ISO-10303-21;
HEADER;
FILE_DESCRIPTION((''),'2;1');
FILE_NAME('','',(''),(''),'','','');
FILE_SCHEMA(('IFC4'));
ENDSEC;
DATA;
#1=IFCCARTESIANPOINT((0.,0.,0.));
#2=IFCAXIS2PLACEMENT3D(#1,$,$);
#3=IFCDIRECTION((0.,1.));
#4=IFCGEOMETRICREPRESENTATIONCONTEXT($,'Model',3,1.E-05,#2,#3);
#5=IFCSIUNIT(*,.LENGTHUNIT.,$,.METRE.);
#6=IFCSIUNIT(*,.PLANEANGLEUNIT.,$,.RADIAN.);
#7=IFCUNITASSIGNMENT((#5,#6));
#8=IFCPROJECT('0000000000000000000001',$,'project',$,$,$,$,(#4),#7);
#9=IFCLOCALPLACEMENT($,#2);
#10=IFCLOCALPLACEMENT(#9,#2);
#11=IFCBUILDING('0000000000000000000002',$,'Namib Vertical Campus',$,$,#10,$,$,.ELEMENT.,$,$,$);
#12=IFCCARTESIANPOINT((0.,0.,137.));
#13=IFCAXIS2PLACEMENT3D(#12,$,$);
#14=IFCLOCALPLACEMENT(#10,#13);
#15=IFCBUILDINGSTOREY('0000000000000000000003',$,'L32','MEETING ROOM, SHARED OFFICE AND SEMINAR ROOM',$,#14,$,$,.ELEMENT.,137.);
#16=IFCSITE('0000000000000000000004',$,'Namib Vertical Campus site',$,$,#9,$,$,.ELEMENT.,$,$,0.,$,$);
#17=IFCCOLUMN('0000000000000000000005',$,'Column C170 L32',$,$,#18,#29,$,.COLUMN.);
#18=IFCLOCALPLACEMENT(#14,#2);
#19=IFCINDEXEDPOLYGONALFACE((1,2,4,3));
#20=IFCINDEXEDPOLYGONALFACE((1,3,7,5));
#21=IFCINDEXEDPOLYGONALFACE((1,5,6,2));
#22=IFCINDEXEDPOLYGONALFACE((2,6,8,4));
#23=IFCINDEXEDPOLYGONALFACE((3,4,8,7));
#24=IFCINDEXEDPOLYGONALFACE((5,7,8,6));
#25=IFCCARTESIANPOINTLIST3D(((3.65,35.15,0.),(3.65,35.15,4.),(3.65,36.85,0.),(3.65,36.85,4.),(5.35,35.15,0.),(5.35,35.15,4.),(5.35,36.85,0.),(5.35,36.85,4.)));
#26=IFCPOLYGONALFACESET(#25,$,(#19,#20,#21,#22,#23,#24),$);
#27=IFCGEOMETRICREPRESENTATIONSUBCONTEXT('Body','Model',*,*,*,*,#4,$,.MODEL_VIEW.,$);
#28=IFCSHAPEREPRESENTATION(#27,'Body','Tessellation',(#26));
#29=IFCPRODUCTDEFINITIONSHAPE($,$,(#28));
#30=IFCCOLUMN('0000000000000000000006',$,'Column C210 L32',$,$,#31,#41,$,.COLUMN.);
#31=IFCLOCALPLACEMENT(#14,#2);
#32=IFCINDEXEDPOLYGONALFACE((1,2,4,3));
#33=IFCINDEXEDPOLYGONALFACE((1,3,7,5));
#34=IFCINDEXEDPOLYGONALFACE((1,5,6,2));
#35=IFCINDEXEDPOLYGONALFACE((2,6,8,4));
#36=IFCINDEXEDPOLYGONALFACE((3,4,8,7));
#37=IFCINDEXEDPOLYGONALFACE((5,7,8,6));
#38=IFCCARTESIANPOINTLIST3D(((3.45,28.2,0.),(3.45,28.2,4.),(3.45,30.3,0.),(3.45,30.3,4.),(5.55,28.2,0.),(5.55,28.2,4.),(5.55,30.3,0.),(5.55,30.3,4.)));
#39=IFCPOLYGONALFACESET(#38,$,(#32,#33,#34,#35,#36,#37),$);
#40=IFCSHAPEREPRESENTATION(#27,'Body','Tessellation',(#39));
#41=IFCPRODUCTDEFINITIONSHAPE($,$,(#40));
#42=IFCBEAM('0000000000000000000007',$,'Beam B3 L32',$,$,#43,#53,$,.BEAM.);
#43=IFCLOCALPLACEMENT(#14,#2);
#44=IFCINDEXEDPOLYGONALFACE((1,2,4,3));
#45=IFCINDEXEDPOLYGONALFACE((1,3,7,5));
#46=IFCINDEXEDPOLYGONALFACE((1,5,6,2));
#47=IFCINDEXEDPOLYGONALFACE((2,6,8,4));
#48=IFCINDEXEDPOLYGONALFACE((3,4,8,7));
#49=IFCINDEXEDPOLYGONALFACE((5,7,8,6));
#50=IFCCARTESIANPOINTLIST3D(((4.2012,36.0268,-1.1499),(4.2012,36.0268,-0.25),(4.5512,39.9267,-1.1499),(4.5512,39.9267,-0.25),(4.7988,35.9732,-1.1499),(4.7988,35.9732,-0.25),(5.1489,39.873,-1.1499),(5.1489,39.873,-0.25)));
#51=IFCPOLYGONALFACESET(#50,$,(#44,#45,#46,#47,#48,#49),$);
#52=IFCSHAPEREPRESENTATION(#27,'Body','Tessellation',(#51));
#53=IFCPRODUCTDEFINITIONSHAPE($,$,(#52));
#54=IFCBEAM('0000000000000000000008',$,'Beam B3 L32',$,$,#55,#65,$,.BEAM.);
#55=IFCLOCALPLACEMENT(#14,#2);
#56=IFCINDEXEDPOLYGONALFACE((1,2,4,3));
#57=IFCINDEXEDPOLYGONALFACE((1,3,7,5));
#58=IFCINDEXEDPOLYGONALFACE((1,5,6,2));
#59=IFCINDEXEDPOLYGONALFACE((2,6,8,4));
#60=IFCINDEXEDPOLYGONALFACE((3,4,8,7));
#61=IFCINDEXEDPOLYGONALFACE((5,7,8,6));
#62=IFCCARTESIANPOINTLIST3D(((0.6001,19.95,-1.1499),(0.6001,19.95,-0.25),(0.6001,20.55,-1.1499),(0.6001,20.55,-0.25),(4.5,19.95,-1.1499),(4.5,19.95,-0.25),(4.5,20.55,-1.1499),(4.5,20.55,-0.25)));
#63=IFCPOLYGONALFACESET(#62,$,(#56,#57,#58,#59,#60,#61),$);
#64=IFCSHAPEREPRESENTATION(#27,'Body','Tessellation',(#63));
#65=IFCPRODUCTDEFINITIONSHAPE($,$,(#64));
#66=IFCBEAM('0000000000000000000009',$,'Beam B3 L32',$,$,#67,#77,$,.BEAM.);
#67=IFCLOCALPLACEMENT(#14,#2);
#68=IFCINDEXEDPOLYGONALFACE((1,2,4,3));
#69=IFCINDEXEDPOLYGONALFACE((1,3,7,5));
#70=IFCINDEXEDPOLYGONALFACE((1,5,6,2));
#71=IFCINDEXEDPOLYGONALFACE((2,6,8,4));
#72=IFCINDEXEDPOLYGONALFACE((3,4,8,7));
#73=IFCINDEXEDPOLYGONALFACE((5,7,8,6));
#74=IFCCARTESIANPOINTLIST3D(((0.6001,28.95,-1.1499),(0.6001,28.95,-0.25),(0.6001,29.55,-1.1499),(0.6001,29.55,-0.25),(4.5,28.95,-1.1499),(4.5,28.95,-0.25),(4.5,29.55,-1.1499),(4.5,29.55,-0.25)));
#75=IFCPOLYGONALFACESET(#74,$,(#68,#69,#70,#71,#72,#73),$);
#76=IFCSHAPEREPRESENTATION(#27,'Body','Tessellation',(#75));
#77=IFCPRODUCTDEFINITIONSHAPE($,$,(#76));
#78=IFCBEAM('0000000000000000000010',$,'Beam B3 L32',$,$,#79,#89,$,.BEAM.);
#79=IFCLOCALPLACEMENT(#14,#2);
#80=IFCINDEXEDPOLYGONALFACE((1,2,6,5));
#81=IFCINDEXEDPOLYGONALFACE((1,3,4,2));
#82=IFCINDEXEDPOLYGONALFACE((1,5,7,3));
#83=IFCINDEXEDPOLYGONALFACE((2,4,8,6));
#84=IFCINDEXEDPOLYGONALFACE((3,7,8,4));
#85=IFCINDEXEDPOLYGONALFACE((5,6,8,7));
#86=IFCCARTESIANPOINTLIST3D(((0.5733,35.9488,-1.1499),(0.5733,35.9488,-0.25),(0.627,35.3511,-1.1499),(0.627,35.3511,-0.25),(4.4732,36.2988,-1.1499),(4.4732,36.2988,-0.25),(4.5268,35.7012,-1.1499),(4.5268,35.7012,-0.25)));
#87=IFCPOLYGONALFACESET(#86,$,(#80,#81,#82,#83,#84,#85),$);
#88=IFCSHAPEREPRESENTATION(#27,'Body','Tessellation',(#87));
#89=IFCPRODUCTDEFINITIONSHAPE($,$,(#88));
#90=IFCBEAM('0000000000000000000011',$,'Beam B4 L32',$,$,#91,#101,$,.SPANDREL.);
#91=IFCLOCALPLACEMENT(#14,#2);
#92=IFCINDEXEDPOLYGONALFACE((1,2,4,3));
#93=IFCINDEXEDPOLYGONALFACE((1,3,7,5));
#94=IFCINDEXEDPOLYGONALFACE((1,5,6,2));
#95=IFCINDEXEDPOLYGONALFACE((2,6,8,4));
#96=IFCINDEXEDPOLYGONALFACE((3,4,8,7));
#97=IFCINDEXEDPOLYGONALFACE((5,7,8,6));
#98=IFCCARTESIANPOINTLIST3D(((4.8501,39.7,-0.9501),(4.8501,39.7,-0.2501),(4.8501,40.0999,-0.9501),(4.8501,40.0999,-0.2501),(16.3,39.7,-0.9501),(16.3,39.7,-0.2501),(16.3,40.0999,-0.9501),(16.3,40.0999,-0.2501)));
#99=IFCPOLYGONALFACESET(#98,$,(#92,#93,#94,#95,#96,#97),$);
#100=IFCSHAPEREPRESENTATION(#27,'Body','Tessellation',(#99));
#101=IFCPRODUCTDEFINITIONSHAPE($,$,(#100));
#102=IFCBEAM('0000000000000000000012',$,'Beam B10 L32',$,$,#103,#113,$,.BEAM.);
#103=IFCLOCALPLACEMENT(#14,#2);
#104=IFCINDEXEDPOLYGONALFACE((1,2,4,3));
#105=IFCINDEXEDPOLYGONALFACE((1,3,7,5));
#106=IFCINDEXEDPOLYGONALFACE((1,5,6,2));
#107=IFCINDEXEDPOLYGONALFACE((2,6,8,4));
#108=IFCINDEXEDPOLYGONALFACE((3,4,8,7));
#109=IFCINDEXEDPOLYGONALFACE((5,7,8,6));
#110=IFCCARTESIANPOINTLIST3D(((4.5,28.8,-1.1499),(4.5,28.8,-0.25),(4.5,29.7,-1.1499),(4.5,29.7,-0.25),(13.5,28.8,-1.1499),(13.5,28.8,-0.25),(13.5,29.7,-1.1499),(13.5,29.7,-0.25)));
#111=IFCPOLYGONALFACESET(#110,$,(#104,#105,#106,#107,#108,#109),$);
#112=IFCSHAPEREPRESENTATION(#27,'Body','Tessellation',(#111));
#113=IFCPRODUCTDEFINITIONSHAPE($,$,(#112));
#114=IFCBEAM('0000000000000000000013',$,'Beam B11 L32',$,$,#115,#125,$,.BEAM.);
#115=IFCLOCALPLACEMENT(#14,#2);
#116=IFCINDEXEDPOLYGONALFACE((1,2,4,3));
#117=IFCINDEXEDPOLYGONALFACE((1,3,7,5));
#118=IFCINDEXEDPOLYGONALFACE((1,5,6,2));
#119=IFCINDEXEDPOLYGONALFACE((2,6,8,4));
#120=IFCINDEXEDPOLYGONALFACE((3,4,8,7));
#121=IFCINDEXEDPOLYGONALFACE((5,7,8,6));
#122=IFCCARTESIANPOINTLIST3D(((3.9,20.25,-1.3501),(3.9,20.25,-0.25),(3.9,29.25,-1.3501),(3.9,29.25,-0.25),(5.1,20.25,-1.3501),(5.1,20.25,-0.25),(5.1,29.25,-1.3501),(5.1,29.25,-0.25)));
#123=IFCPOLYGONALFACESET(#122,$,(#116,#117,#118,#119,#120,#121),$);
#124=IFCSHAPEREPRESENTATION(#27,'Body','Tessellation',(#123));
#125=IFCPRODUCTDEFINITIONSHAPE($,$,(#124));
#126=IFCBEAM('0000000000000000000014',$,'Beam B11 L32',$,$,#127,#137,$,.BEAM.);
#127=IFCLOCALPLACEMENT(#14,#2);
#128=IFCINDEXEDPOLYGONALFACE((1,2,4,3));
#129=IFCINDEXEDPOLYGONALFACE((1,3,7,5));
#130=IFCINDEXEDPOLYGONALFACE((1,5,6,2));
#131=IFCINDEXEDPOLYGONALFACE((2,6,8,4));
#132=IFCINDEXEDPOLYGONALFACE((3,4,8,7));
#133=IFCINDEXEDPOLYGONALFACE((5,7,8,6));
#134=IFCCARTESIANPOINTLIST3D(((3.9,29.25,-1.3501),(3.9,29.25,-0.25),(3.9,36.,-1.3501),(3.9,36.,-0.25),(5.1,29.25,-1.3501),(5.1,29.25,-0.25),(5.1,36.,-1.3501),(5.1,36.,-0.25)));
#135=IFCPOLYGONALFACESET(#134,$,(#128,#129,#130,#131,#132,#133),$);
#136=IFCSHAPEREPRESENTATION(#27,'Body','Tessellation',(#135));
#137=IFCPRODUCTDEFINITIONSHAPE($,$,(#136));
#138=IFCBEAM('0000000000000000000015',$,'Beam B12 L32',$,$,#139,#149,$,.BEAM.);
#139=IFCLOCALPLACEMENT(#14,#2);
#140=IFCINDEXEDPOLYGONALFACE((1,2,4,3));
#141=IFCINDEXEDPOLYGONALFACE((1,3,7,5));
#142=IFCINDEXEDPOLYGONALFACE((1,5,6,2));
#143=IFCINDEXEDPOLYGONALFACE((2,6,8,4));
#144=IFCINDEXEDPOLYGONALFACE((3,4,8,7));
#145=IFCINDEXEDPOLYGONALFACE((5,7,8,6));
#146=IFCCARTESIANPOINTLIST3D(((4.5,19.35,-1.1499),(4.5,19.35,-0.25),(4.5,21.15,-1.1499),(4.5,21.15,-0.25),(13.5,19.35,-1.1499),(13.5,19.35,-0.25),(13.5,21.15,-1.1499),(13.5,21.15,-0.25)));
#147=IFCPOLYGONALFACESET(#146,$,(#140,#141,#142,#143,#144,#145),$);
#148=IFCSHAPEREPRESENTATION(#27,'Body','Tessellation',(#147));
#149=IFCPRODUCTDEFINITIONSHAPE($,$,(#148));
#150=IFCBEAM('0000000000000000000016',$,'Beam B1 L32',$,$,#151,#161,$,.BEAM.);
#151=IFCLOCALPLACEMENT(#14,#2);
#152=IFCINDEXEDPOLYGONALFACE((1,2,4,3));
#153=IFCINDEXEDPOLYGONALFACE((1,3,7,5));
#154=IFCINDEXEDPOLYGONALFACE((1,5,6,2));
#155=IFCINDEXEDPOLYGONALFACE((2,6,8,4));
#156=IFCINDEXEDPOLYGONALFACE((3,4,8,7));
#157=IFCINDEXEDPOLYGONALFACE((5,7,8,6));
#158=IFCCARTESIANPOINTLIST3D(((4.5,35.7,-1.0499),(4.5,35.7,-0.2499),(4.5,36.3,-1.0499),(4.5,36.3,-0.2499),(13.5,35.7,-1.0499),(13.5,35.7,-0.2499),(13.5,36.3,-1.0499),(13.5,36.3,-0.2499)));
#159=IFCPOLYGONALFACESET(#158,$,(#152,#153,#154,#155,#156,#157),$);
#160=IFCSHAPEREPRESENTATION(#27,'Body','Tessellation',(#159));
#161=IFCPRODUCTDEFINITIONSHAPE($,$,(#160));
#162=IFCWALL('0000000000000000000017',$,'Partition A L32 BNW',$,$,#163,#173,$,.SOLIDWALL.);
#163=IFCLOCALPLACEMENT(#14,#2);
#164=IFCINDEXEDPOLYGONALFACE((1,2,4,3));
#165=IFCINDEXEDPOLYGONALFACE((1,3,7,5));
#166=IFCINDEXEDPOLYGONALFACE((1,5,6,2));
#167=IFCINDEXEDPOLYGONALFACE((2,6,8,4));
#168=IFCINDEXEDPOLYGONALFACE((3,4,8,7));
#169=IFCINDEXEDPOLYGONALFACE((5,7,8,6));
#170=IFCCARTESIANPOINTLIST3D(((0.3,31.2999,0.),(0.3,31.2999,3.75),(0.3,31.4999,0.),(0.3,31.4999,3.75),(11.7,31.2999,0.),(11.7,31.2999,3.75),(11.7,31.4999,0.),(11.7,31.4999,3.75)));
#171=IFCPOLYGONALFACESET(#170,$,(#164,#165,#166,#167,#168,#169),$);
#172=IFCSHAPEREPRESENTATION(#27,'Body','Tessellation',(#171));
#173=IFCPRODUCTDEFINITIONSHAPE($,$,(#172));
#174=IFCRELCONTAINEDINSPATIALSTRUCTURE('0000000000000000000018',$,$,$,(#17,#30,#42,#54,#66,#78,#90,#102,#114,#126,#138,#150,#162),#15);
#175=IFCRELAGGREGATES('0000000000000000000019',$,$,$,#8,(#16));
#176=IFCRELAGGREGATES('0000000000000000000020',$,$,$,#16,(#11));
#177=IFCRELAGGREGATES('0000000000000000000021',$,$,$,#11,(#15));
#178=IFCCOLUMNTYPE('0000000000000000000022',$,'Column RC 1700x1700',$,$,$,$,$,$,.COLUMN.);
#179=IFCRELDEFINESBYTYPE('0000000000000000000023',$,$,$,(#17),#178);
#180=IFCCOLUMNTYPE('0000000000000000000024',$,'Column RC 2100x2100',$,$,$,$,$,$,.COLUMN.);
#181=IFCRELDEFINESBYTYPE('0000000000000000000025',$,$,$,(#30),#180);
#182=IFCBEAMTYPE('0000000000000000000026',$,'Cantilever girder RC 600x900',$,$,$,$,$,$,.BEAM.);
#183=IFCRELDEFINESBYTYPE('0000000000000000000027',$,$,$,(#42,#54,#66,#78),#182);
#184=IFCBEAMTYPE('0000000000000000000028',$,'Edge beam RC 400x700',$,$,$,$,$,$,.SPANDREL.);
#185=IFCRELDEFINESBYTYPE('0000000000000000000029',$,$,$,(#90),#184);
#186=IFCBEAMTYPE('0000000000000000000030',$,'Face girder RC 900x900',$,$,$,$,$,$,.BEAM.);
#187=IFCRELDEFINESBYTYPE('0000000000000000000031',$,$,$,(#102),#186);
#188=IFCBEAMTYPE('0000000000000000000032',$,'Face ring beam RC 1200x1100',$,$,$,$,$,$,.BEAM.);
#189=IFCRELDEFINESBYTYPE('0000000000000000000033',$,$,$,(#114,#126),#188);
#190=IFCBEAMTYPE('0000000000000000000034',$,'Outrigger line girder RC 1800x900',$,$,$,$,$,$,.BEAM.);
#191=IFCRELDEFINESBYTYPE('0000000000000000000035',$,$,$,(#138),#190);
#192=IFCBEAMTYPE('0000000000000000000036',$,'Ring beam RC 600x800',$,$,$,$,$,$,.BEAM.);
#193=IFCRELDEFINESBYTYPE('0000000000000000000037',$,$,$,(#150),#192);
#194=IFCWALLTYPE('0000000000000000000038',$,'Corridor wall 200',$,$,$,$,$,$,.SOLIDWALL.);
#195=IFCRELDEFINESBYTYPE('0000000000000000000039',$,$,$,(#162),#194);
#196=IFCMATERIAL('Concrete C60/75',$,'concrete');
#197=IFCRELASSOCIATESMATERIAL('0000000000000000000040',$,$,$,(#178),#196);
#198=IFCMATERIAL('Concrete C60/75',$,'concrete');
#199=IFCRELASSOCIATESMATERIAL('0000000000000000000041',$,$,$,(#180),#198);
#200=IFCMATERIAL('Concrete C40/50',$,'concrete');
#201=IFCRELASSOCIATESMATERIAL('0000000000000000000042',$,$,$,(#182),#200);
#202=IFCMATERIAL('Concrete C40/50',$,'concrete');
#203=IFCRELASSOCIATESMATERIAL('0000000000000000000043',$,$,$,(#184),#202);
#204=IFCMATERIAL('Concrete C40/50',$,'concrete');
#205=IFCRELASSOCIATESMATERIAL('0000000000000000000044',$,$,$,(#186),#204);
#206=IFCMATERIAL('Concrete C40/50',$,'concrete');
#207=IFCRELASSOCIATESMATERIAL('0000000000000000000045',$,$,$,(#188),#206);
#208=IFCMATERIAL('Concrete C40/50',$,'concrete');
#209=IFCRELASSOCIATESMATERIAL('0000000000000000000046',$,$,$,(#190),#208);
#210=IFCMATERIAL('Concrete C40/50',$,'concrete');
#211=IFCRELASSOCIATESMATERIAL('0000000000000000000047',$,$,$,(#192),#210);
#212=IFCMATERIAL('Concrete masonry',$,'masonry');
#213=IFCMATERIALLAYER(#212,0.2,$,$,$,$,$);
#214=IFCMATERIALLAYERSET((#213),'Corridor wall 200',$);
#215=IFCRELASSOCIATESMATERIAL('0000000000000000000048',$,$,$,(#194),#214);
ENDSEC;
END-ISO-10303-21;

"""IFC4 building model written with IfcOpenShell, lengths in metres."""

from ifc_helpers import new_model, si_unit, direction, frame, frame_2d, origin, origin_2d, place, context, subcontext, project, spatial, rectangle, extrude, material, layer, layer_set, material_profile, profile_set, type_object, element, save


model = new_model("IFC4")

# Units and contexts
model_context = context("Model", 3, precision=1e-05, world=origin(), true_north=direction((0.0, 1.0)))
body_context = subcontext(model_context, "Body", "Model", "MODEL_VIEW")
ifc_project = project(units=[si_unit("LENGTHUNIT", "METRE"), si_unit("PLANEANGLEUNIT", "RADIAN")], contexts=[model_context])

# Site, building, storey
site_placement = place(None, origin())
site = spatial("IfcSite", under=ifc_project, at=site_placement, Name="Namib Vertical Campus site", CompositionType="ELEMENT", RefElevation=0.0)
building_placement = place(site_placement, origin())
building = spatial("IfcBuilding", under=site, at=building_placement, Name="Namib Vertical Campus", CompositionType="ELEMENT")
storey_placement = place(building_placement, frame((0.0, 0.0, 137.0)))
storey = spatial("IfcBuildingStorey", under=building, at=storey_placement, Name="L32", Description="MEETING ROOM, SHARED OFFICE AND SEMINAR ROOM", CompositionType="ELEMENT", Elevation=137.0)

# Columns
ifc_material_1 = material(Name="Concrete C60/75", Category="concrete")
ifc_material_profile_1 = material_profile(ifc_material_1, rectangle(XDim=1.7, YDim=1.7, at=origin_2d()))
ifc_profile_set_1 = profile_set([ifc_material_profile_1], Name="Concrete C60/75")
column_type_1 = type_object("IfcColumnType", Name="Column RC 1700x1700", PredefinedType="COLUMN", material=ifc_profile_set_1)
column_1_placement = place(storey_placement, frame((4.5, 36.0, 0.0), z_axis=(0.0, 0.0, 1.0), x_axis=(1.0, 0.0, 0.0)))
element("IfcColumn", 1, at=column_1_placement, inside=storey, type_object=column_type_1, Name="Column C170 L32", PredefinedType="COLUMN", context=body_context, shape_type="SweptSolid", body=[
    extrude(rectangle(XDim=1.7, YDim=1.7, at=origin_2d()), origin(), (0.0, 0.0, 1.0), 4.0),
])
ifc_material_2 = material(Name="Concrete C60/75", Category="concrete")
ifc_material_profile_2 = material_profile(ifc_material_2, rectangle(XDim=2.1001, YDim=2.1001, at=origin_2d()))
ifc_profile_set_2 = profile_set([ifc_material_profile_2], Name="Concrete C60/75")
column_type_2 = type_object("IfcColumnType", Name="Column RC 2100x2100", PredefinedType="COLUMN", material=ifc_profile_set_2)
column_2_placement = place(storey_placement, frame((4.5, 29.25, 0.0), z_axis=(0.0, 0.0, 1.0), x_axis=(1.0, 0.0, 0.0)))
element("IfcColumn", 2, at=column_2_placement, inside=storey, type_object=column_type_2, Name="Column C210 L32", PredefinedType="COLUMN", context=body_context, shape_type="SweptSolid", body=[
    extrude(rectangle(XDim=2.1001, YDim=2.1001, at=origin_2d()), origin(), (0.0, 0.0, 1.0), 4.0),
])

# Beams
ifc_material_3 = material(Name="Concrete C40/50", Category="concrete")
ifc_material_profile_3 = material_profile(ifc_material_3, rectangle(XDim=0.6001, YDim=0.8999, at=origin_2d()))
ifc_profile_set_3 = profile_set([ifc_material_profile_3], Name="Concrete C40/50")
beam_type_1 = type_object("IfcBeamType", Name="Cantilever girder RC 600x900", PredefinedType="BEAM", material=ifc_profile_set_3)
beam_1_placement = place(storey_placement, frame((4.5, 36.0, -0.7), z_axis=(0.089411, 0.995995, 0.0), x_axis=(-0.995995, 0.089411, 0.0)))
element("IfcBeam", 3, at=beam_1_placement, inside=storey, type_object=beam_type_1, Name="Beam B3 L32", PredefinedType="BEAM", context=body_context, shape_type="SweptSolid", body=[
    extrude(rectangle(XDim=0.6001, YDim=0.8999, at=origin_2d()), origin(), (0.0, 0.0, 1.0), 3.9155),
])
for number, where, z_axis, x_axis, name in (
    (4, (4.5, 20.25, -0.7), (-1.0, 0.0, 0.0), (0.0, -1.0, 0.0), "Beam B3 L32"),
    (5, (4.5, 29.25, -0.7), (-1.0, 0.0, 0.0), (0.0, -1.0, 0.0), "Beam B3 L32"),
):
    element("IfcBeam", number, at=place(storey_placement, frame(where, z_axis=z_axis, x_axis=x_axis)), inside=storey, type_object=beam_type_1, Name=name, PredefinedType="BEAM", context=body_context, shape_type="SweptSolid", body=[
        extrude(rectangle(XDim=0.6001, YDim=0.8999, at=origin_2d()), origin(), (0.0, 0.0, 1.0), 3.8999),
    ])
beam_2_placement = place(storey_placement, frame((4.5, 36.0, -0.7), z_axis=(-0.995995, -0.089411, 0.0), x_axis=(0.089411, -0.995995, 0.0)))
element("IfcBeam", 6, at=beam_2_placement, inside=storey, type_object=beam_type_1, Name="Beam B3 L32", PredefinedType="BEAM", context=body_context, shape_type="SweptSolid", body=[
    extrude(rectangle(XDim=0.6001, YDim=0.8999, at=origin_2d()), origin(), (0.0, 0.0, 1.0), 3.9155),
])
ifc_material_4 = material(Name="Concrete C40/50", Category="concrete")
ifc_material_profile_4 = material_profile(ifc_material_4, rectangle(XDim=0.3999, YDim=0.7, at=origin_2d()))
ifc_profile_set_4 = profile_set([ifc_material_profile_4], Name="Concrete C40/50")
beam_type_2 = type_object("IfcBeamType", Name="Edge beam RC 400x700", PredefinedType="SPANDREL", material=ifc_profile_set_4)
beam_3_placement = place(storey_placement, frame((4.8501, 39.8999, -0.6001), z_axis=(1.0, 0.0, 0.0), x_axis=(0.0, 1.0, 0.0)))
element("IfcBeam", 7, at=beam_3_placement, inside=storey, type_object=beam_type_2, Name="Beam B4 L32", PredefinedType="SPANDREL", context=body_context, shape_type="SweptSolid", body=[
    extrude(rectangle(XDim=0.3999, YDim=0.7, at=origin_2d()), origin(), (0.0, 0.0, 1.0), 11.45),
])
ifc_material_5 = material(Name="Concrete C40/50", Category="concrete")
ifc_material_profile_5 = material_profile(ifc_material_5, rectangle(XDim=0.8999, YDim=0.8999, at=origin_2d()))
ifc_profile_set_5 = profile_set([ifc_material_profile_5], Name="Concrete C40/50")
beam_type_3 = type_object("IfcBeamType", Name="Face girder RC 900x900", PredefinedType="BEAM", material=ifc_profile_set_5)
beam_4_placement = place(storey_placement, frame((4.5, 29.25, -0.7), z_axis=(1.0, 0.0, 0.0), x_axis=(0.0, 1.0, 0.0)))
element("IfcBeam", 8, at=beam_4_placement, inside=storey, type_object=beam_type_3, Name="Beam B10 L32", PredefinedType="BEAM", context=body_context, shape_type="SweptSolid", body=[
    extrude(rectangle(XDim=0.8999, YDim=0.8999, at=origin_2d()), origin(), (0.0, 0.0, 1.0), 9.0),
])
ifc_material_6 = material(Name="Concrete C40/50", Category="concrete")
ifc_material_profile_6 = material_profile(ifc_material_6, rectangle(XDim=1.2, YDim=1.1001, at=origin_2d()))
ifc_profile_set_6 = profile_set([ifc_material_profile_6], Name="Concrete C40/50")
beam_type_4 = type_object("IfcBeamType", Name="Face ring beam RC 1200x1100", PredefinedType="BEAM", material=ifc_profile_set_6)
beam_5_placement = place(storey_placement, frame((4.5, 20.25, -0.8), z_axis=(0.0, 1.0, 0.0), x_axis=(-1.0, 0.0, 0.0)))
element("IfcBeam", 9, at=beam_5_placement, inside=storey, type_object=beam_type_4, Name="Beam B11 L32", PredefinedType="BEAM", context=body_context, shape_type="SweptSolid", body=[
    extrude(rectangle(XDim=1.2, YDim=1.1001, at=origin_2d()), origin(), (0.0, 0.0, 1.0), 9.0),
])
beam_6_placement = place(storey_placement, frame((4.5, 29.25, -0.8), z_axis=(0.0, 1.0, 0.0), x_axis=(-1.0, 0.0, 0.0)))
element("IfcBeam", 10, at=beam_6_placement, inside=storey, type_object=beam_type_4, Name="Beam B11 L32", PredefinedType="BEAM", context=body_context, shape_type="SweptSolid", body=[
    extrude(rectangle(XDim=1.2, YDim=1.1001, at=origin_2d()), origin(), (0.0, 0.0, 1.0), 6.75),
])
ifc_material_7 = material(Name="Concrete C40/50", Category="concrete")
ifc_material_profile_7 = material_profile(ifc_material_7, rectangle(XDim=1.8, YDim=0.8999, at=origin_2d()))
ifc_profile_set_7 = profile_set([ifc_material_profile_7], Name="Concrete C40/50")
beam_type_5 = type_object("IfcBeamType", Name="Outrigger line girder RC 1800x900", PredefinedType="BEAM", material=ifc_profile_set_7)
beam_7_placement = place(storey_placement, frame((4.5, 20.25, -0.7), z_axis=(1.0, 0.0, 0.0), x_axis=(0.0, 1.0, 0.0)))
element("IfcBeam", 11, at=beam_7_placement, inside=storey, type_object=beam_type_5, Name="Beam B12 L32", PredefinedType="BEAM", context=body_context, shape_type="SweptSolid", body=[
    extrude(rectangle(XDim=1.8, YDim=0.8999, at=origin_2d()), origin(), (0.0, 0.0, 1.0), 9.0),
])
ifc_material_8 = material(Name="Concrete C40/50", Category="concrete")
ifc_material_profile_8 = material_profile(ifc_material_8, rectangle(XDim=0.6001, YDim=0.8, at=origin_2d()))
ifc_profile_set_8 = profile_set([ifc_material_profile_8], Name="Concrete C40/50")
beam_type_6 = type_object("IfcBeamType", Name="Ring beam RC 600x800", PredefinedType="BEAM", material=ifc_profile_set_8)
beam_8_placement = place(storey_placement, frame((4.5, 36.0, -0.6499), z_axis=(1.0, 0.0, 0.0), x_axis=(0.0, 1.0, 0.0)))
element("IfcBeam", 12, at=beam_8_placement, inside=storey, type_object=beam_type_6, Name="Beam B1 L32", PredefinedType="BEAM", context=body_context, shape_type="SweptSolid", body=[
    extrude(rectangle(XDim=0.6001, YDim=0.8, at=origin_2d()), origin(), (0.0, 0.0, 1.0), 9.0),
])

# Wall
ifc_material_9 = material(Name="Concrete masonry", Category="masonry")
ifc_layer_1 = layer(ifc_material_9, 0.2)
ifc_layer_set_1 = layer_set([ifc_layer_1], Name="Corridor wall 200")
wall_type_1 = type_object("IfcWallType", Name="Corridor wall 200", PredefinedType="SOLIDWALL", material=ifc_layer_set_1)
wall_1_placement = place(storey_placement, frame((0.3, 31.3999, 0.0), z_axis=(0.0, 0.0, 1.0), x_axis=(1.0, 0.0, 0.0)))
element("IfcWall", 13, at=wall_1_placement, inside=storey, type_object=wall_type_1, Name="Partition A L32 BNW", PredefinedType="SOLIDWALL", context=body_context, shape_type="SweptSolid", body=[
    extrude(rectangle(XDim=11.3999, YDim=0.2, at=frame_2d((5.7, 0.0))), origin(), (0.0, 0.0, 1.0), 3.75),
])

save(model, "model.ifc")
